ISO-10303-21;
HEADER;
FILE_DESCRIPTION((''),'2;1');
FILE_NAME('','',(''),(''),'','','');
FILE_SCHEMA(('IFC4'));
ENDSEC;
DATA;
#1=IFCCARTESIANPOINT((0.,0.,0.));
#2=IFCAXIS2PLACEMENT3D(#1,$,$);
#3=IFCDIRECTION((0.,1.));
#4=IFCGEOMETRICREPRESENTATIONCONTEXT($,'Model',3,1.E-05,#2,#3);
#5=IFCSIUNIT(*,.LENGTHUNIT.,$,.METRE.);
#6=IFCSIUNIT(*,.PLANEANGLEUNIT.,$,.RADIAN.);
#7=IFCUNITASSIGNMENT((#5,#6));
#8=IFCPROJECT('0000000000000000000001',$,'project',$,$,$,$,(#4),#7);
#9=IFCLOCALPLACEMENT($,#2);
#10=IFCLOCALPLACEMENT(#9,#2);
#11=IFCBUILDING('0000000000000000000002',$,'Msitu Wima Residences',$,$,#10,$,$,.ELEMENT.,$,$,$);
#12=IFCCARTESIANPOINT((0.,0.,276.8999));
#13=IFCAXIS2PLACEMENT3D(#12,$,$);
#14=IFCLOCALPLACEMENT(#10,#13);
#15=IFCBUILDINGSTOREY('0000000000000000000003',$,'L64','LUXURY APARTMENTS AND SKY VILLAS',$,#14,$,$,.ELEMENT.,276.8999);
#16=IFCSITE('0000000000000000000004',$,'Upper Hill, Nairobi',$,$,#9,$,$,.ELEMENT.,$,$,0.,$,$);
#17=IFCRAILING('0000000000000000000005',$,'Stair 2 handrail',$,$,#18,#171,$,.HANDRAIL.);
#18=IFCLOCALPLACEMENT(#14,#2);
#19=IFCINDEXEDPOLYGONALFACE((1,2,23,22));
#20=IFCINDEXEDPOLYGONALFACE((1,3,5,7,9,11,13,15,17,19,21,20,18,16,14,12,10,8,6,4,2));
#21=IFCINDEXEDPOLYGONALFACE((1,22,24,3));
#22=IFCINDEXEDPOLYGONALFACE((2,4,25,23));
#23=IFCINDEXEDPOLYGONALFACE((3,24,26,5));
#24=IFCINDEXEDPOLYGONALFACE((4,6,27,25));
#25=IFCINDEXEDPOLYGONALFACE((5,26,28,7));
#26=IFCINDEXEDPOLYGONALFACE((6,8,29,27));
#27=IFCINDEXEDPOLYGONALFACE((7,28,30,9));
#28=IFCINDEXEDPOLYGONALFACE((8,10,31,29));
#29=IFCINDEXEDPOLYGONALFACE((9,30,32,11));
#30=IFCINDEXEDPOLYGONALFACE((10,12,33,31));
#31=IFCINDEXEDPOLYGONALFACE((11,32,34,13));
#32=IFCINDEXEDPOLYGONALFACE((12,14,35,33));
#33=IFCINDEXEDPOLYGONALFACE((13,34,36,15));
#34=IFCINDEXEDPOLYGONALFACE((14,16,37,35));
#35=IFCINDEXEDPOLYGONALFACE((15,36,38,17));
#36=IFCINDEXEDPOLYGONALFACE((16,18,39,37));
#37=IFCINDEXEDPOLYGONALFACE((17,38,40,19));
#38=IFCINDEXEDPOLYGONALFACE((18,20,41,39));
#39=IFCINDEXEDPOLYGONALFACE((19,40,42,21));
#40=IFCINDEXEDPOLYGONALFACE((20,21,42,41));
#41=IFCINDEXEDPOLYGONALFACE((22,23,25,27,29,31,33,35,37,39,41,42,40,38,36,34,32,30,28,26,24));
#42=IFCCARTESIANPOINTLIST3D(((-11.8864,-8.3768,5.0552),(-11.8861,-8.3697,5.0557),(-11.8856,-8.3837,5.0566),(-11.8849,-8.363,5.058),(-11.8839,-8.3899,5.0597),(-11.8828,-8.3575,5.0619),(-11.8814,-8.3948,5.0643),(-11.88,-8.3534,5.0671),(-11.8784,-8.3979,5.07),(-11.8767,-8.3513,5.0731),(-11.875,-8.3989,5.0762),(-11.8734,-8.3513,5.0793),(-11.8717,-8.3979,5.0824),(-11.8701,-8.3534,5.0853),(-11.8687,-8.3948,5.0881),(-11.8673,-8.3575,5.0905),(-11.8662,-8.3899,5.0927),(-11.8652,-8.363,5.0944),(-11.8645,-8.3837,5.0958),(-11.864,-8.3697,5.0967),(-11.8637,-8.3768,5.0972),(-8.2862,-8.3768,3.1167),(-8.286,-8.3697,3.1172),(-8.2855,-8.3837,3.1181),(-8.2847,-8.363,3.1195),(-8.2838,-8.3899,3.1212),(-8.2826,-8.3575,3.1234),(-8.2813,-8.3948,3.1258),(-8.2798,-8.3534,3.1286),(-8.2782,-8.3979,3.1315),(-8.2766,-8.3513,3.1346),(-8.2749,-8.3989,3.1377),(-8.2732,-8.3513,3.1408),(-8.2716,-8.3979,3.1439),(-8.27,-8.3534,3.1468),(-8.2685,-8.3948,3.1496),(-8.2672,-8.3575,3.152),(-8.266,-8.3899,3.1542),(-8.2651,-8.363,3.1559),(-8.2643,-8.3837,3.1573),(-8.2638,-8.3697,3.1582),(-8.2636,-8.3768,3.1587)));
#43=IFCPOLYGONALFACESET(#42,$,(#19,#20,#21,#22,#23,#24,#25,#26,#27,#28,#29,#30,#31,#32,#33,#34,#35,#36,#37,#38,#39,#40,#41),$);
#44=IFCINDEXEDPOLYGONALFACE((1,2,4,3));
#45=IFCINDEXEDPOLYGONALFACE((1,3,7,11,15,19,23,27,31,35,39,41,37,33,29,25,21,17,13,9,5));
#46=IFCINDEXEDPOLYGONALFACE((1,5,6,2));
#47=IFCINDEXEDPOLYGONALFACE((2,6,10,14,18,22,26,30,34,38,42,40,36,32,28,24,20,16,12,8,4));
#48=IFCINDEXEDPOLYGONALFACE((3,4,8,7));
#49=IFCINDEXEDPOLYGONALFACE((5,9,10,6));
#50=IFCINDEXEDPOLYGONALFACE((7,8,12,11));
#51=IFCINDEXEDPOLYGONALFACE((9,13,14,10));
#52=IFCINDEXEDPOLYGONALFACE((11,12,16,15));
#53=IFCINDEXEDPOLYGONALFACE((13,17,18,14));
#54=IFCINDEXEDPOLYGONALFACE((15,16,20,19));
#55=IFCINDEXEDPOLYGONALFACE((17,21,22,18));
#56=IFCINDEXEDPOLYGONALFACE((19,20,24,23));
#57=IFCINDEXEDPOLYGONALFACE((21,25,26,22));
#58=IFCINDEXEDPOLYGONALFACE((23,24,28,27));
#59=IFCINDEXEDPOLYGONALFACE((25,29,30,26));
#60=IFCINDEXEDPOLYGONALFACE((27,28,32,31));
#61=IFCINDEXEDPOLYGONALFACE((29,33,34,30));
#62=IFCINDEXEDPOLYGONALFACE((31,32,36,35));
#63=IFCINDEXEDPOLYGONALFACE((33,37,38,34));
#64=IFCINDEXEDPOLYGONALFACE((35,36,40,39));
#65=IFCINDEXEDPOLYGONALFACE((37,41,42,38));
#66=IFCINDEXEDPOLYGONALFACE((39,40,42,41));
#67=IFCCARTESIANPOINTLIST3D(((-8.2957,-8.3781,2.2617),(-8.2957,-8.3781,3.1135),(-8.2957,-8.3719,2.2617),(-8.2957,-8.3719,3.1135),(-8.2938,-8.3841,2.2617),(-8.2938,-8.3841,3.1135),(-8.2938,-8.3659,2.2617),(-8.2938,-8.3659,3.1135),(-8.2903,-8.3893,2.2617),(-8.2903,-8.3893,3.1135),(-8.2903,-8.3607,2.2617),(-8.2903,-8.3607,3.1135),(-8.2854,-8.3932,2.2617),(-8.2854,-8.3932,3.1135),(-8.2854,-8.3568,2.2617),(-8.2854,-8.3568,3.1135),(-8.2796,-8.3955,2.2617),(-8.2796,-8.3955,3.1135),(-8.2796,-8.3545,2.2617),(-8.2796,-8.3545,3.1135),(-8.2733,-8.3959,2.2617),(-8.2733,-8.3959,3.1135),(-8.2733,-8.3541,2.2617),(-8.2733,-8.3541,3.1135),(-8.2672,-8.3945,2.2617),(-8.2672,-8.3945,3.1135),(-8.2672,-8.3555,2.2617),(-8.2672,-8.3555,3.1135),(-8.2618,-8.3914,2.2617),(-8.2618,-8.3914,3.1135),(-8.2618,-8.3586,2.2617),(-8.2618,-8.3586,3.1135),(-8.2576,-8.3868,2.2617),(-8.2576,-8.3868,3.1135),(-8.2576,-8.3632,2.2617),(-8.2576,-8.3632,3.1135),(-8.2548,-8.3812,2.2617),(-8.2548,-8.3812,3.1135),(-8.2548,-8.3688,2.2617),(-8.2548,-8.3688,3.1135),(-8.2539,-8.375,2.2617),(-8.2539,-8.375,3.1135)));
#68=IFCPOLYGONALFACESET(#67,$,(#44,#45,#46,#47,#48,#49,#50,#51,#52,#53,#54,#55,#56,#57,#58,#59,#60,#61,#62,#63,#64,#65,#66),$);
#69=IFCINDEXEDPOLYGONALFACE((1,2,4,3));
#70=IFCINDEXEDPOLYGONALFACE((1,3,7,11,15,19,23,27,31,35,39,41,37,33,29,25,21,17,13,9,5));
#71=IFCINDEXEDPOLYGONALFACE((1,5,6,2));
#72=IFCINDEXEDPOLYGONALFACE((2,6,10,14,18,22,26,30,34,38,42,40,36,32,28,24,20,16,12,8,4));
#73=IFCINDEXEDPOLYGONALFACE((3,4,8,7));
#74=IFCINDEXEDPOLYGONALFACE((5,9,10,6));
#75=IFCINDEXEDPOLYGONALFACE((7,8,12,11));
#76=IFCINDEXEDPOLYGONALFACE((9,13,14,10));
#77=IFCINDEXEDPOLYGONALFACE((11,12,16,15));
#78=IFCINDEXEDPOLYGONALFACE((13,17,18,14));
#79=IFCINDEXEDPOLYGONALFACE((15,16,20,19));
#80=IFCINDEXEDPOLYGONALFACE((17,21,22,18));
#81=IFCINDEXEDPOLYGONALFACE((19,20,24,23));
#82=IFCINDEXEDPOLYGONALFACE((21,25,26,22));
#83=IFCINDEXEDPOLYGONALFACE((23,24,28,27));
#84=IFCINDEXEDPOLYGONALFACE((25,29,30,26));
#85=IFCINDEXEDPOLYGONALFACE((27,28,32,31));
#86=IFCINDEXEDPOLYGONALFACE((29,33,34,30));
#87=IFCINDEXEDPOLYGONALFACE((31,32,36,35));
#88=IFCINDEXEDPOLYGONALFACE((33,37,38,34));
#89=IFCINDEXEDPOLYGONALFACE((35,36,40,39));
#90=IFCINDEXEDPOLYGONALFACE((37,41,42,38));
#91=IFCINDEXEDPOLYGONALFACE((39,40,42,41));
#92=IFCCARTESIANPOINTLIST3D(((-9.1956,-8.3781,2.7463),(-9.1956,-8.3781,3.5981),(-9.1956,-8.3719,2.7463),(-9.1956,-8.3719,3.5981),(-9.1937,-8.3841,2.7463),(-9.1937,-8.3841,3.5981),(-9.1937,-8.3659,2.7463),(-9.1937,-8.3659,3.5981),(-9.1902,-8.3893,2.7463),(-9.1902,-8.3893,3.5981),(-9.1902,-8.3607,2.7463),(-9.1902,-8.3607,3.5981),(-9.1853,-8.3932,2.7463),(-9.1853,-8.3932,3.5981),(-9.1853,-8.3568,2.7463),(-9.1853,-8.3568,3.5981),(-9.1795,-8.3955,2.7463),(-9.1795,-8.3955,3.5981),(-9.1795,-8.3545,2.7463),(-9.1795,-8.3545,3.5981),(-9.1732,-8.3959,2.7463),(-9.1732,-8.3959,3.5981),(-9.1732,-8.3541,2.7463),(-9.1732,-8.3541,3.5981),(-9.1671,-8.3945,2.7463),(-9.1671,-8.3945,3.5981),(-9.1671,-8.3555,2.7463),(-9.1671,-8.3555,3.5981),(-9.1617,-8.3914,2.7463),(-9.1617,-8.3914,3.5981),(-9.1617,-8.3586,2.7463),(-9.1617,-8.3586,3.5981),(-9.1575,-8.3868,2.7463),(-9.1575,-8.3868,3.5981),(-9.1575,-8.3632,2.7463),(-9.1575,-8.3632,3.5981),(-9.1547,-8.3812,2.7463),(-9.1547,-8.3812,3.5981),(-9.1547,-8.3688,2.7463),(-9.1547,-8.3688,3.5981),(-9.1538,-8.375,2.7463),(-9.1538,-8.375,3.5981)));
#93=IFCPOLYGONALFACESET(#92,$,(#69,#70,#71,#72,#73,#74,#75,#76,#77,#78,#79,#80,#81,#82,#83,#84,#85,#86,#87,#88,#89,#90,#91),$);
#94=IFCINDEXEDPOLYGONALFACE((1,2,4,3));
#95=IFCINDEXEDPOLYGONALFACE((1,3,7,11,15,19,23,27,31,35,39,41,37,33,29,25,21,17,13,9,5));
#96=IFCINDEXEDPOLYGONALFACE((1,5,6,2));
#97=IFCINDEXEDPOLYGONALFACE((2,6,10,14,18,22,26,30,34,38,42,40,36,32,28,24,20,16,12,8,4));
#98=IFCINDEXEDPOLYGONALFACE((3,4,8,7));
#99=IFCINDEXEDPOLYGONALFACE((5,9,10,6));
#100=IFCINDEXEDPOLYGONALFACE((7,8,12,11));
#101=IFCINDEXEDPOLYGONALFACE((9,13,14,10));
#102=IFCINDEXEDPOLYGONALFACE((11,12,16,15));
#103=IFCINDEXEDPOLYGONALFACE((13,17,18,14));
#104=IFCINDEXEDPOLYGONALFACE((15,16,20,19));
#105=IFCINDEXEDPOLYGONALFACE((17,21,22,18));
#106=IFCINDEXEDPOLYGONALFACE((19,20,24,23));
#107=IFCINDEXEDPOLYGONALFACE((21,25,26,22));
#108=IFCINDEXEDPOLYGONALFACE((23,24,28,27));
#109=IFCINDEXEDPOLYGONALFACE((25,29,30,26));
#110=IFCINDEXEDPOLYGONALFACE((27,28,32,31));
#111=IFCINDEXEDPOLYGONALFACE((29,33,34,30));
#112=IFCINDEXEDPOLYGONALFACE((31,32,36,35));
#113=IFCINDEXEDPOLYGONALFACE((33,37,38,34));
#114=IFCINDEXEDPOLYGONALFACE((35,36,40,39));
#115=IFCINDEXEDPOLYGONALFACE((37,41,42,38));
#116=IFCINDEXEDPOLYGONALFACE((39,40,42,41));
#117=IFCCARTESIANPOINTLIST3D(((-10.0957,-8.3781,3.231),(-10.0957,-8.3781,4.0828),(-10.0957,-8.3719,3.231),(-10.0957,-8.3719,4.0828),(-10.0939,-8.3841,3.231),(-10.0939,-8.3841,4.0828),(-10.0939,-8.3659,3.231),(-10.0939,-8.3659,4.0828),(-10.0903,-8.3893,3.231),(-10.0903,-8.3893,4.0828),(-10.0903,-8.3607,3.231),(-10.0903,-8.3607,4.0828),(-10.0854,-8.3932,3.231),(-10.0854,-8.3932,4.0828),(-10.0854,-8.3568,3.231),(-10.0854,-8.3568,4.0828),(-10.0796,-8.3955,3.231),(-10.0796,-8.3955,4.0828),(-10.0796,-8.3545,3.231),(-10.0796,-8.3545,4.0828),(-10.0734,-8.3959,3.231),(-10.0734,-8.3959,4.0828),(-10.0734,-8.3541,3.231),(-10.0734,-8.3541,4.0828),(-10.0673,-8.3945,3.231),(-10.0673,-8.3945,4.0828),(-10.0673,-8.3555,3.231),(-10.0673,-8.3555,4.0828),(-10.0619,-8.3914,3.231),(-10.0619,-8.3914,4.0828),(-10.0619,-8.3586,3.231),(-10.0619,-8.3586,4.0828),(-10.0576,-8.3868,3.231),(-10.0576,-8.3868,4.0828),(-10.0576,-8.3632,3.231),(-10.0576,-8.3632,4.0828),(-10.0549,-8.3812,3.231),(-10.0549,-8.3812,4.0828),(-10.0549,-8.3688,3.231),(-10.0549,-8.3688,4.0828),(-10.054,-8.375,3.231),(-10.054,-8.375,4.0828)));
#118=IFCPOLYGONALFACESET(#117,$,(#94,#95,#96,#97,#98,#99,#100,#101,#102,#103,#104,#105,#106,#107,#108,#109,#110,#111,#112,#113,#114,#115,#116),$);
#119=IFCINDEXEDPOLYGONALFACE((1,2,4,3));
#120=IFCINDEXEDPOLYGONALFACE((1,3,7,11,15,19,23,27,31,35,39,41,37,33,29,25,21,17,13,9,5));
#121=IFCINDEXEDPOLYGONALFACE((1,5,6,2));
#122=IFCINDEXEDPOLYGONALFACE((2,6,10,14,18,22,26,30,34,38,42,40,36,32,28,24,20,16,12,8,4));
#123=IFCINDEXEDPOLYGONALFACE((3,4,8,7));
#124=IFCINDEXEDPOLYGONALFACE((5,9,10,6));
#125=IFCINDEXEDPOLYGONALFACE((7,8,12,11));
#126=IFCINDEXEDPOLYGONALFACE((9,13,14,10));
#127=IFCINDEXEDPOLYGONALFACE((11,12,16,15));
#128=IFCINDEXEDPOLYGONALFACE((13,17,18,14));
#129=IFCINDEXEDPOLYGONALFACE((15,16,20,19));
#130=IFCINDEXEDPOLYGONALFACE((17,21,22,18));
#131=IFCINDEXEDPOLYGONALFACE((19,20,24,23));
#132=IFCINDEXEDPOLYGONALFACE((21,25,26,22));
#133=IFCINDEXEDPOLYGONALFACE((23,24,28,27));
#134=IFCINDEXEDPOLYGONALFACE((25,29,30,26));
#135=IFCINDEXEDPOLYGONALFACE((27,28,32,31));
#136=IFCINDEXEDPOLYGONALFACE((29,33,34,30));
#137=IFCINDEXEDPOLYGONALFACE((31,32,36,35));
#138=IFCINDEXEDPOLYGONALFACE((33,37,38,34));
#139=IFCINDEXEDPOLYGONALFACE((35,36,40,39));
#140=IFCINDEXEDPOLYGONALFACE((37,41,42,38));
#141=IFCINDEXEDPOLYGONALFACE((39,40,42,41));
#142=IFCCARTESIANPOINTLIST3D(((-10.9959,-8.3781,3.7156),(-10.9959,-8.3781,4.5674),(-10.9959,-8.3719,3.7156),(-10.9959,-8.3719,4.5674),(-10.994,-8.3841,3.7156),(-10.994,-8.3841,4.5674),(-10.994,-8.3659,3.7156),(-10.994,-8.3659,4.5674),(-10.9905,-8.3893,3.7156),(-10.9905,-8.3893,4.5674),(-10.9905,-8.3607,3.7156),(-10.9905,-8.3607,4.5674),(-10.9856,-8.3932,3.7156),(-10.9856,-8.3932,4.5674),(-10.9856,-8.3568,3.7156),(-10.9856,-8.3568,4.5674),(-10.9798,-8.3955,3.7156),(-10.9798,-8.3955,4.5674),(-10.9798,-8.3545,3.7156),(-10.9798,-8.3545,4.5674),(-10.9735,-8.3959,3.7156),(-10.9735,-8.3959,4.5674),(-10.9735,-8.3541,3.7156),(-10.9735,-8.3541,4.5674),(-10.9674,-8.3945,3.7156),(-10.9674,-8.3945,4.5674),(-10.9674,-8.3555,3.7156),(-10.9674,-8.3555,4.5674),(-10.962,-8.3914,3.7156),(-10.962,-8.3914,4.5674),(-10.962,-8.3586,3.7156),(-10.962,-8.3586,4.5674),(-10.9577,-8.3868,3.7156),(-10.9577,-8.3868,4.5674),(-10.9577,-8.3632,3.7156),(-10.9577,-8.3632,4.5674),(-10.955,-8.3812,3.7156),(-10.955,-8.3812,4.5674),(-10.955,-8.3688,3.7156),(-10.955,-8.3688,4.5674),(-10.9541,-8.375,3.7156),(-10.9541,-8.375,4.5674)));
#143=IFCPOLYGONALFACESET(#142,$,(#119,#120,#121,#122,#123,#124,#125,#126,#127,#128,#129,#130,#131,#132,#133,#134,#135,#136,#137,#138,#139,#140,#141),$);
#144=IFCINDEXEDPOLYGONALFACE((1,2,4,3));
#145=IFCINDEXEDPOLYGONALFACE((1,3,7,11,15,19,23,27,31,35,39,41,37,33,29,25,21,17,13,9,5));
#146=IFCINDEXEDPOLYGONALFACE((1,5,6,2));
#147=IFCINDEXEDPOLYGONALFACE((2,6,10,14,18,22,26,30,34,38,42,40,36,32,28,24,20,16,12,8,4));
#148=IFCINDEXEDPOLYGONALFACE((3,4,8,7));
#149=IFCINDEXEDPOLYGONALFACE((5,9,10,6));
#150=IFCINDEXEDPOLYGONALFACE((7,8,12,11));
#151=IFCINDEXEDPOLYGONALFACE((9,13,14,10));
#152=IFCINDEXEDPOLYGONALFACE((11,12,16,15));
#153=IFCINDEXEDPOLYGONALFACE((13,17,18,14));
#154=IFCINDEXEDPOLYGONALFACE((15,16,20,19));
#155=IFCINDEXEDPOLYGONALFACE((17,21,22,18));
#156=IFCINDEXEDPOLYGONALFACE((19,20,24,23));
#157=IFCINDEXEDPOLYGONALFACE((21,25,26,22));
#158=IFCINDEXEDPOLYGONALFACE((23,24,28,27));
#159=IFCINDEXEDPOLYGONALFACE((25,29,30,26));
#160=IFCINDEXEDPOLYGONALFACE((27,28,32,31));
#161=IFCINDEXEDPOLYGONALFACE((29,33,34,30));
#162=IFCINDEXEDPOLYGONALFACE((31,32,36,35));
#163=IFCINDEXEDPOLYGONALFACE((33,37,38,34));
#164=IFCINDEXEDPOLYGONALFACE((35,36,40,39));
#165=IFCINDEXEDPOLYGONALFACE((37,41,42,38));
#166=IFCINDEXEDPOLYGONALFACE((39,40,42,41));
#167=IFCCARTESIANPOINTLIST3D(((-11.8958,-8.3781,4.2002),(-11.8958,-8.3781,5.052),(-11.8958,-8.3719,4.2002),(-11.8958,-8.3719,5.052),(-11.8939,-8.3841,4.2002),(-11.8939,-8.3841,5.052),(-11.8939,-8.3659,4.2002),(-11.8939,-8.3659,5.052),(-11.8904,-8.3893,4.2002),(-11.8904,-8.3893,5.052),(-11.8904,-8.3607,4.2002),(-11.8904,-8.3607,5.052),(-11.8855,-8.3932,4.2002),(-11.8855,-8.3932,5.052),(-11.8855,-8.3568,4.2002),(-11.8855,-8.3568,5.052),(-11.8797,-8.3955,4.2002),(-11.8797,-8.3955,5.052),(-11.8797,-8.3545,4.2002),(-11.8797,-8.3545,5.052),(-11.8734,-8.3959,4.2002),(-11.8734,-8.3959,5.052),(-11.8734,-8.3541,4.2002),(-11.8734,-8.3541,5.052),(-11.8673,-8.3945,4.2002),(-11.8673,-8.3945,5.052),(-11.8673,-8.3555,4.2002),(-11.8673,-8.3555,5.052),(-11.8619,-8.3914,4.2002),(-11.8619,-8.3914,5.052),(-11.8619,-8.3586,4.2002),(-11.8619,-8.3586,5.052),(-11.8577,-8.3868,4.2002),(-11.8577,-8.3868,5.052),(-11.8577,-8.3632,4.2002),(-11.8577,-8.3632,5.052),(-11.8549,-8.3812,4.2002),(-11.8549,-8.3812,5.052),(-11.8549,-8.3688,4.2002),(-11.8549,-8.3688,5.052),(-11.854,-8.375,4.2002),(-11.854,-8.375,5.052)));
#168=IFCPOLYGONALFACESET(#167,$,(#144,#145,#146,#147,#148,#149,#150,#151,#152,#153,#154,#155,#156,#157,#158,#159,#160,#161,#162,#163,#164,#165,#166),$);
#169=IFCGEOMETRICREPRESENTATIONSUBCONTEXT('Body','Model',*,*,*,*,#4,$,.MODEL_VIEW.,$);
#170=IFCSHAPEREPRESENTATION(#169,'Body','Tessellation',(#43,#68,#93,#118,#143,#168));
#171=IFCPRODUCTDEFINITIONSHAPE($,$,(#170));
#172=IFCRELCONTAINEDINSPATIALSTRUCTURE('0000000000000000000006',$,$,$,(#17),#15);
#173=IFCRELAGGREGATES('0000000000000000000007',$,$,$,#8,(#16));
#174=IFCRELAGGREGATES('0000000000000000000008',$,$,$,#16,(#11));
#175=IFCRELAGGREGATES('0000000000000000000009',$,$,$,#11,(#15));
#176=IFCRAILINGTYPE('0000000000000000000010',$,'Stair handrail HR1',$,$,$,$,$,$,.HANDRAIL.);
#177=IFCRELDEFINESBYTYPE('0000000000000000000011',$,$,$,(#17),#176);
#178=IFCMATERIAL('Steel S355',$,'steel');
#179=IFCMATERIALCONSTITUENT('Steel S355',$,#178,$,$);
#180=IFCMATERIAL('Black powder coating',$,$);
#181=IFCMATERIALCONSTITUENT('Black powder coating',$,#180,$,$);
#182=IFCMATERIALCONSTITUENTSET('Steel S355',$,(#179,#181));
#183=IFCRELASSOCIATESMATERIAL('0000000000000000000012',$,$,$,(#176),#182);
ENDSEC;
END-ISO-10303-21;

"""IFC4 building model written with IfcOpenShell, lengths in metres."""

from ifc_helpers import new_model, si_unit, direction, frame, origin, origin_2d, place, context, subcontext, project, spatial, circle, extrude, material, constituent, constituent_set, type_object, element, save


model = new_model("IFC4")

# Units and contexts
model_context = context("Model", 3, precision=1e-05, world=origin(), true_north=direction((0.0, 1.0)))
body_context = subcontext(model_context, "Body", "Model", "MODEL_VIEW")
ifc_project = project(units=[si_unit("LENGTHUNIT", "METRE"), si_unit("PLANEANGLEUNIT", "RADIAN")], contexts=[model_context])

# Site, building, storey
site_placement = place(None, origin())
site = spatial("IfcSite", under=ifc_project, at=site_placement, Name="Upper Hill, Nairobi", CompositionType="ELEMENT", RefElevation=0.0)
building_placement = place(site_placement, origin())
building = spatial("IfcBuilding", under=site, at=building_placement, Name="Msitu Wima Residences", CompositionType="ELEMENT")
storey_placement = place(building_placement, frame((0.0, 0.0, 276.8999)))
storey = spatial("IfcBuildingStorey", under=building, at=storey_placement, Name="L64", Description="LUXURY APARTMENTS AND SKY VILLAS", CompositionType="ELEMENT", Elevation=276.8999)

# Railing
ifc_material_1 = material(Name="Steel S355", Category="steel")
ifc_constituent_1 = constituent(ifc_material_1, Name="Steel S355")
ifc_material_2 = material(Name="Black powder coating")
ifc_constituent_2 = constituent(ifc_material_2, Name="Black powder coating")
ifc_constituent_set = constituent_set(constituents=[ifc_constituent_1, ifc_constituent_2], Name="Steel S355")
railing_type = type_object("IfcRailingType", Name="Stair handrail HR1", PredefinedType="HANDRAIL", material=ifc_constituent_set)
railing_placement = place(storey_placement, frame((-8.2749, -8.375, 2.2617)))
element("IfcRailing", 1, at=railing_placement, inside=storey, type_object=railing_type, Name="Stair 2 handrail", PredefinedType="HANDRAIL", context=body_context, shape_type="SweptSolid", body=[
    extrude(circle(Radius=0.0239, at=origin_2d()), frame((0.0, 0.0, 0.876), z_axis=(-0.880475, 0.0, 0.474093), x_axis=(0.0, -1.0, 0.0)), (0.0, 0.0, 1.0), 4.0889),
    extrude(circle(Radius=0.021, at=origin_2d()), origin(), (0.0, 0.0, 1.0), 0.8518),
    extrude(circle(Radius=0.021, at=origin_2d()), frame((-0.8999, 0.0, 0.4846)), (0.0, 0.0, 1.0), 0.8518),
    extrude(circle(Radius=0.021, at=origin_2d()), frame((-1.8, 0.0, 0.9692)), (0.0, 0.0, 1.0), 0.8518),
    extrude(circle(Radius=0.021, at=origin_2d()), frame((-2.7002, 0.0, 1.4539)), (0.0, 0.0, 1.0), 0.8518),
    extrude(circle(Radius=0.021, at=origin_2d()), frame((-3.6001, 0.0, 1.9385)), (0.0, 0.0, 1.0), 0.8518),
])

save(model, "model.ifc")
